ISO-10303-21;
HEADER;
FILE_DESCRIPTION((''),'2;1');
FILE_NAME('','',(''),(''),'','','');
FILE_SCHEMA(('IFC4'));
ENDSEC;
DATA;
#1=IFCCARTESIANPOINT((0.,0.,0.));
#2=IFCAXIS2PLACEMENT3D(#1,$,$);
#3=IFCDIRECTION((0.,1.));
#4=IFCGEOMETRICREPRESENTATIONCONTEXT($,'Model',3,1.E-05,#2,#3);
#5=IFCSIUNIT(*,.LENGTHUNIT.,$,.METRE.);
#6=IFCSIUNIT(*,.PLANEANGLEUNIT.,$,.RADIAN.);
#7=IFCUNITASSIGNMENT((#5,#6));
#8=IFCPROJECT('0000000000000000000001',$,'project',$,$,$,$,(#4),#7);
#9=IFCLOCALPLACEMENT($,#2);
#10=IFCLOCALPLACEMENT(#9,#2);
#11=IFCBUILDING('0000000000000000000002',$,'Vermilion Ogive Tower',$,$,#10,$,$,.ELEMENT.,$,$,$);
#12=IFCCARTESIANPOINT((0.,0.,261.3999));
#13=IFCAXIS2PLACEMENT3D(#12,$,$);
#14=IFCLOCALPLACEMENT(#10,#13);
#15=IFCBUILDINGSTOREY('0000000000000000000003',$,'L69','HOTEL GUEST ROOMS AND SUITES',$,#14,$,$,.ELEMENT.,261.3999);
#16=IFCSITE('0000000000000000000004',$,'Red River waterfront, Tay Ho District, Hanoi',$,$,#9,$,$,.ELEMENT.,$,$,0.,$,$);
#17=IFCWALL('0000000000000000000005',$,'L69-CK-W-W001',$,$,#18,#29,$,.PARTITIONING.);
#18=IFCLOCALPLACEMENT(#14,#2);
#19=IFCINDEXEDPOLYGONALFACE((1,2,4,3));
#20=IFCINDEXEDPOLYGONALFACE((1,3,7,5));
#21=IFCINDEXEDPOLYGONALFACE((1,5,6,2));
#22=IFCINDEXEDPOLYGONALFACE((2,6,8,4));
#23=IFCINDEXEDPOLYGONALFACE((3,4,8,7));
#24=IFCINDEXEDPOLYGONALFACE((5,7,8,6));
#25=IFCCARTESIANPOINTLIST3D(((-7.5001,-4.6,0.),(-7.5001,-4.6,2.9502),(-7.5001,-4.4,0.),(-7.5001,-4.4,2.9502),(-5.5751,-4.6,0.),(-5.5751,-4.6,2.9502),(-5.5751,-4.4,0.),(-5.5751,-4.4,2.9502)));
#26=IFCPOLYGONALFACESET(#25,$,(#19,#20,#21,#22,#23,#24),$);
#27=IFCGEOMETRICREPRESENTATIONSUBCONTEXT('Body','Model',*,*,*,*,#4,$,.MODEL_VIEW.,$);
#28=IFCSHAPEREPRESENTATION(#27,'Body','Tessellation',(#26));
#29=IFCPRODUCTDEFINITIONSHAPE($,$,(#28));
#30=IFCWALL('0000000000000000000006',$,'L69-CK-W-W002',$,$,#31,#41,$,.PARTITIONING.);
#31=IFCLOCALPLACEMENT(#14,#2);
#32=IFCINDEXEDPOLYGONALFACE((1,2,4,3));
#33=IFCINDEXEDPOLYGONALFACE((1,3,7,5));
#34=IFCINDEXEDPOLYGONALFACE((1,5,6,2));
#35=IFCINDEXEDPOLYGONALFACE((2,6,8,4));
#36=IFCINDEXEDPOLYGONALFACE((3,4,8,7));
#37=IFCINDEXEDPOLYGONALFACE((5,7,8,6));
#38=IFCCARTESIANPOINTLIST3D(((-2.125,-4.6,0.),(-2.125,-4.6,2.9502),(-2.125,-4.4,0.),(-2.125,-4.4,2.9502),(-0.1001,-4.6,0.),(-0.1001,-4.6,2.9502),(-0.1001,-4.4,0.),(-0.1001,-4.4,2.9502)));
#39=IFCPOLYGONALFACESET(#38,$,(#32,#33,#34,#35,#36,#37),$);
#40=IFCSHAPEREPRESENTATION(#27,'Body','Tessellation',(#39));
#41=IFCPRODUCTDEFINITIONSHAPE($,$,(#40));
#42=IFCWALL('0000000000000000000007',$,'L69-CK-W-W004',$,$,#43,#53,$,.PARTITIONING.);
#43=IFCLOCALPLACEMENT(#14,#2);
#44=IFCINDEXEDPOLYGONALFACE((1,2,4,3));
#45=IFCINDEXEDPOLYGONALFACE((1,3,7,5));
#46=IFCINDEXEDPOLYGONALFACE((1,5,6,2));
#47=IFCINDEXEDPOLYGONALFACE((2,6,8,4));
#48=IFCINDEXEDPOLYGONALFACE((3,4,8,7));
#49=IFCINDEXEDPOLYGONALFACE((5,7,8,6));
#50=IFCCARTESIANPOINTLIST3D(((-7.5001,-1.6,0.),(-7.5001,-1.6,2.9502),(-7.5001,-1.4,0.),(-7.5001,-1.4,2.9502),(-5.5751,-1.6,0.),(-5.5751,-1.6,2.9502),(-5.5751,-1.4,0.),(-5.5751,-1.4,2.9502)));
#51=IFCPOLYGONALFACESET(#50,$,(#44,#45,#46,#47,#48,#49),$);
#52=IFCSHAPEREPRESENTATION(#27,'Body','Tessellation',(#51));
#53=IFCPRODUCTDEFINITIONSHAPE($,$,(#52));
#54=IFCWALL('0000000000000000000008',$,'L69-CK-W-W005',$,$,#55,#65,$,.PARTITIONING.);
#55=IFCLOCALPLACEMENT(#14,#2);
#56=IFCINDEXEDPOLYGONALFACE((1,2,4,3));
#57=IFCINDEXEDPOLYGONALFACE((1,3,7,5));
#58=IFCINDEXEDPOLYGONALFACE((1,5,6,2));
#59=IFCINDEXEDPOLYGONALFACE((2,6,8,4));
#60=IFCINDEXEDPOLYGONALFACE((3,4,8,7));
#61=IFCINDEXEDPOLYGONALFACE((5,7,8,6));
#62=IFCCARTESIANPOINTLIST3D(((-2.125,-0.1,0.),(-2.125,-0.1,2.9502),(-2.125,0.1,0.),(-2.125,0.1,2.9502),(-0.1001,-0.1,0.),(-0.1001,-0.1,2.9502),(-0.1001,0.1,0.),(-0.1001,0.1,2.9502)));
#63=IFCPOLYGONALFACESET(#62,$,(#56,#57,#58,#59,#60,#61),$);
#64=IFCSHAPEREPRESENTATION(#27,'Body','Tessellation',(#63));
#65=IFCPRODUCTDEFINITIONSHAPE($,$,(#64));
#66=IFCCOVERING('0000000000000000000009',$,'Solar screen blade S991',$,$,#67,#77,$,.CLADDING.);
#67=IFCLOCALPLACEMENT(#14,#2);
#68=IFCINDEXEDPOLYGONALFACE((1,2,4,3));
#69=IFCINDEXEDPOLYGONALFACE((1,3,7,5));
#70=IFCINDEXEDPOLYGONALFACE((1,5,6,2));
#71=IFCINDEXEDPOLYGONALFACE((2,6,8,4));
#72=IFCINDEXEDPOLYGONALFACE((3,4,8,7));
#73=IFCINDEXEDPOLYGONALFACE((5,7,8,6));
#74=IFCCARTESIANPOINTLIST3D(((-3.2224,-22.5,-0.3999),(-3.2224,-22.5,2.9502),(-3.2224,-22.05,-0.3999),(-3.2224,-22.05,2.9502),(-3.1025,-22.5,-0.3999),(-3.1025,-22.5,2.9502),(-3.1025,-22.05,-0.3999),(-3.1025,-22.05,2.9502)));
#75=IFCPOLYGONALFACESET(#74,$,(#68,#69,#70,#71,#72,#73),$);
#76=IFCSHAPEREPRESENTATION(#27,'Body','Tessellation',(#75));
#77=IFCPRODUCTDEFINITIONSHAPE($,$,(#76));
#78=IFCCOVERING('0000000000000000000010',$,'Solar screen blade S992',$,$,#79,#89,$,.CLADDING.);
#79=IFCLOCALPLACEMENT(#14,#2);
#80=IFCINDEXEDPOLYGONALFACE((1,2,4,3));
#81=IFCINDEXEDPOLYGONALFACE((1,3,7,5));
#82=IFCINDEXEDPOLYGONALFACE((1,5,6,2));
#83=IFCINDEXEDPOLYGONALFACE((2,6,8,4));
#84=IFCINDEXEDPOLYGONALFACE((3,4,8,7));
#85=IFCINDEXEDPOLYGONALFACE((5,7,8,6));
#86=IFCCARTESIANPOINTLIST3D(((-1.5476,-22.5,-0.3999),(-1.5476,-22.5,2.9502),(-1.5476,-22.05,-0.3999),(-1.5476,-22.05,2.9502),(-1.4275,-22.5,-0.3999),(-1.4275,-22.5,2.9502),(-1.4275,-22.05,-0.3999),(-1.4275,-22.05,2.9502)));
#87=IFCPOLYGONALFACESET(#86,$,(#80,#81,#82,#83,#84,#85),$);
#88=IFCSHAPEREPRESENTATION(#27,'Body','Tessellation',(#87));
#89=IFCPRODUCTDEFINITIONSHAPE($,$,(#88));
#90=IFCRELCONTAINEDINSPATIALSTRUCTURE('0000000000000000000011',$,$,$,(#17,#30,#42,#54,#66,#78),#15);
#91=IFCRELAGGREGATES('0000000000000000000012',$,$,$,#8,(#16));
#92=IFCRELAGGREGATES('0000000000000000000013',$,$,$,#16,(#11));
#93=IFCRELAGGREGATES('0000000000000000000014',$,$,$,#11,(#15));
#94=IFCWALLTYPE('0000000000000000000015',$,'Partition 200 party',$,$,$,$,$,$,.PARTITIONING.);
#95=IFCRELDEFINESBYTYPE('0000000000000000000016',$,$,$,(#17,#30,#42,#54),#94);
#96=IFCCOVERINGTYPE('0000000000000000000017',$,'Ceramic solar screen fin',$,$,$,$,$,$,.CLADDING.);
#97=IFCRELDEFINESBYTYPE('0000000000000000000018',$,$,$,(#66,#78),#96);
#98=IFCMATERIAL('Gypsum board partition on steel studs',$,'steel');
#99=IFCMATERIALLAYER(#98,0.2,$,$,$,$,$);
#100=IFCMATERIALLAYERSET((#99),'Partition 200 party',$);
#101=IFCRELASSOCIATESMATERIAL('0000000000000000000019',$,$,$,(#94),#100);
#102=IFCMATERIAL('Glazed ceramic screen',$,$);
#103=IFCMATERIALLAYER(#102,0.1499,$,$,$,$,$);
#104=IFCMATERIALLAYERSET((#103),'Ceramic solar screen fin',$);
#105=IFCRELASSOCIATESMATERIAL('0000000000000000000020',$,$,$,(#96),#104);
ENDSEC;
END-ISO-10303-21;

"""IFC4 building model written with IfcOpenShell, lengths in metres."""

from ifc_helpers import new_model, si_unit, direction, frame, frame_2d, origin, place, context, subcontext, project, spatial, polyline, rectangle, outline, extrude, material, layer, layer_set, type_object, element, save


model = new_model("IFC4")

# Units and contexts
model_context = context("Model", 3, precision=1e-05, world=origin(), true_north=direction((0.0, 1.0)))
body_context = subcontext(model_context, "Body", "Model", "MODEL_VIEW")
ifc_project = project(units=[si_unit("LENGTHUNIT", "METRE"), si_unit("PLANEANGLEUNIT", "RADIAN")], contexts=[model_context])

# Site, building, storey
site_placement = place(None, origin())
site = spatial("IfcSite", under=ifc_project, at=site_placement, Name="Red River waterfront, Tay Ho District, Hanoi", CompositionType="ELEMENT", RefElevation=0.0)
building_placement = place(site_placement, origin())
building = spatial("IfcBuilding", under=site, at=building_placement, Name="Vermilion Ogive Tower", CompositionType="ELEMENT")
storey_placement = place(building_placement, frame((0.0, 0.0, 261.3999)))
storey = spatial("IfcBuildingStorey", under=building, at=storey_placement, Name="L69", Description="HOTEL GUEST ROOMS AND SUITES", CompositionType="ELEMENT", Elevation=261.3999)

# Walls
ifc_material_1 = material(Name="Gypsum board partition on steel studs", Category="steel")
ifc_layer_1 = layer(ifc_material_1, 0.2)
ifc_layer_set_1 = layer_set([ifc_layer_1], Name="Partition 200 party")
wall_type_1 = type_object("IfcWallType", Name="Partition 200 party", PredefinedType="PARTITIONING", material=ifc_layer_set_1)
wall_1_placement = place(storey_placement, frame((-7.5, -4.5, 0.0), z_axis=(0.0, 0.0, 1.0), x_axis=(1.0, 0.0, 0.0)))
element("IfcWall", 1, at=wall_1_placement, inside=storey, type_object=wall_type_1, Name="L69-CK-W-W001", PredefinedType="PARTITIONING", context=body_context, shape_type="SweptSolid", body=[
    extrude(rectangle(XDim=1.925, YDim=0.2, at=frame_2d((0.9624, 0.0))), origin(), (0.0, 0.0, 1.0), 2.9502),
])
wall_2_placement = place(storey_placement, frame((-2.125, -4.5, 0.0), z_axis=(0.0, 0.0, 1.0), x_axis=(1.0, 0.0, 0.0)))
element("IfcWall", 2, at=wall_2_placement, inside=storey, type_object=wall_type_1, Name="L69-CK-W-W002", PredefinedType="PARTITIONING", context=body_context, shape_type="SweptSolid", body=[
    extrude(rectangle(XDim=2.0249, YDim=0.2, at=frame_2d((1.0125, 0.0))), origin(), (0.0, 0.0, 1.0), 2.9502),
])
wall_3_placement = place(storey_placement, frame((-7.5, -1.5, 0.0), z_axis=(0.0, 0.0, 1.0), x_axis=(1.0, 0.0, 0.0)))
element("IfcWall", 3, at=wall_3_placement, inside=storey, type_object=wall_type_1, Name="L69-CK-W-W004", PredefinedType="PARTITIONING", context=body_context, shape_type="SweptSolid", body=[
    extrude(rectangle(XDim=1.925, YDim=0.2, at=frame_2d((0.9624, 0.0))), origin(), (0.0, 0.0, 1.0), 2.9502),
])
wall_4_placement = place(storey_placement, frame((-2.125, 0.0, 0.0), z_axis=(0.0, 0.0, 1.0), x_axis=(1.0, 0.0, 0.0)))
element("IfcWall", 4, at=wall_4_placement, inside=storey, type_object=wall_type_1, Name="L69-CK-W-W005", PredefinedType="PARTITIONING", context=body_context, shape_type="SweptSolid", body=[
    extrude(rectangle(XDim=2.0249, YDim=0.2, at=frame_2d((1.0125, 0.0))), origin(), (0.0, 0.0, 1.0), 2.9502),
])

# Coverings
ifc_material_2 = material(Name="Glazed ceramic screen")
ifc_layer_2 = layer(ifc_material_2, 0.1499)
ifc_layer_set_2 = layer_set([ifc_layer_2], Name="Ceramic solar screen fin")
covering_type = type_object("IfcCoveringType", Name="Ceramic solar screen fin", PredefinedType="CLADDING", material=ifc_layer_set_2)
covering_1_placement = place(storey_placement, frame((0.0, 0.0, -0.3999)))
element("IfcCovering", 5, at=covering_1_placement, inside=storey, type_object=covering_type, Name="Solar screen blade S991", PredefinedType="CLADDING", context=body_context, shape_type="SweptSolid", body=[
    extrude(outline(polyline([(-3.2224, -22.5), (-3.1025, -22.5), (-3.1025, -22.05), (-3.2224, -22.05), (-3.2224, -22.5)])), origin(), (0.0, 0.0, 1.0), 3.3501),
])
covering_2_placement = place(storey_placement, frame((0.0, 0.0, -0.3999)))
element("IfcCovering", 6, at=covering_2_placement, inside=storey, type_object=covering_type, Name="Solar screen blade S992", PredefinedType="CLADDING", context=body_context, shape_type="SweptSolid", body=[
    extrude(outline(polyline([(-1.5476, -22.5), (-1.4275, -22.5), (-1.4275, -22.05), (-1.5476, -22.05), (-1.5476, -22.5)])), origin(), (0.0, 0.0, 1.0), 3.3501),
])

save(model, "model.ifc")
